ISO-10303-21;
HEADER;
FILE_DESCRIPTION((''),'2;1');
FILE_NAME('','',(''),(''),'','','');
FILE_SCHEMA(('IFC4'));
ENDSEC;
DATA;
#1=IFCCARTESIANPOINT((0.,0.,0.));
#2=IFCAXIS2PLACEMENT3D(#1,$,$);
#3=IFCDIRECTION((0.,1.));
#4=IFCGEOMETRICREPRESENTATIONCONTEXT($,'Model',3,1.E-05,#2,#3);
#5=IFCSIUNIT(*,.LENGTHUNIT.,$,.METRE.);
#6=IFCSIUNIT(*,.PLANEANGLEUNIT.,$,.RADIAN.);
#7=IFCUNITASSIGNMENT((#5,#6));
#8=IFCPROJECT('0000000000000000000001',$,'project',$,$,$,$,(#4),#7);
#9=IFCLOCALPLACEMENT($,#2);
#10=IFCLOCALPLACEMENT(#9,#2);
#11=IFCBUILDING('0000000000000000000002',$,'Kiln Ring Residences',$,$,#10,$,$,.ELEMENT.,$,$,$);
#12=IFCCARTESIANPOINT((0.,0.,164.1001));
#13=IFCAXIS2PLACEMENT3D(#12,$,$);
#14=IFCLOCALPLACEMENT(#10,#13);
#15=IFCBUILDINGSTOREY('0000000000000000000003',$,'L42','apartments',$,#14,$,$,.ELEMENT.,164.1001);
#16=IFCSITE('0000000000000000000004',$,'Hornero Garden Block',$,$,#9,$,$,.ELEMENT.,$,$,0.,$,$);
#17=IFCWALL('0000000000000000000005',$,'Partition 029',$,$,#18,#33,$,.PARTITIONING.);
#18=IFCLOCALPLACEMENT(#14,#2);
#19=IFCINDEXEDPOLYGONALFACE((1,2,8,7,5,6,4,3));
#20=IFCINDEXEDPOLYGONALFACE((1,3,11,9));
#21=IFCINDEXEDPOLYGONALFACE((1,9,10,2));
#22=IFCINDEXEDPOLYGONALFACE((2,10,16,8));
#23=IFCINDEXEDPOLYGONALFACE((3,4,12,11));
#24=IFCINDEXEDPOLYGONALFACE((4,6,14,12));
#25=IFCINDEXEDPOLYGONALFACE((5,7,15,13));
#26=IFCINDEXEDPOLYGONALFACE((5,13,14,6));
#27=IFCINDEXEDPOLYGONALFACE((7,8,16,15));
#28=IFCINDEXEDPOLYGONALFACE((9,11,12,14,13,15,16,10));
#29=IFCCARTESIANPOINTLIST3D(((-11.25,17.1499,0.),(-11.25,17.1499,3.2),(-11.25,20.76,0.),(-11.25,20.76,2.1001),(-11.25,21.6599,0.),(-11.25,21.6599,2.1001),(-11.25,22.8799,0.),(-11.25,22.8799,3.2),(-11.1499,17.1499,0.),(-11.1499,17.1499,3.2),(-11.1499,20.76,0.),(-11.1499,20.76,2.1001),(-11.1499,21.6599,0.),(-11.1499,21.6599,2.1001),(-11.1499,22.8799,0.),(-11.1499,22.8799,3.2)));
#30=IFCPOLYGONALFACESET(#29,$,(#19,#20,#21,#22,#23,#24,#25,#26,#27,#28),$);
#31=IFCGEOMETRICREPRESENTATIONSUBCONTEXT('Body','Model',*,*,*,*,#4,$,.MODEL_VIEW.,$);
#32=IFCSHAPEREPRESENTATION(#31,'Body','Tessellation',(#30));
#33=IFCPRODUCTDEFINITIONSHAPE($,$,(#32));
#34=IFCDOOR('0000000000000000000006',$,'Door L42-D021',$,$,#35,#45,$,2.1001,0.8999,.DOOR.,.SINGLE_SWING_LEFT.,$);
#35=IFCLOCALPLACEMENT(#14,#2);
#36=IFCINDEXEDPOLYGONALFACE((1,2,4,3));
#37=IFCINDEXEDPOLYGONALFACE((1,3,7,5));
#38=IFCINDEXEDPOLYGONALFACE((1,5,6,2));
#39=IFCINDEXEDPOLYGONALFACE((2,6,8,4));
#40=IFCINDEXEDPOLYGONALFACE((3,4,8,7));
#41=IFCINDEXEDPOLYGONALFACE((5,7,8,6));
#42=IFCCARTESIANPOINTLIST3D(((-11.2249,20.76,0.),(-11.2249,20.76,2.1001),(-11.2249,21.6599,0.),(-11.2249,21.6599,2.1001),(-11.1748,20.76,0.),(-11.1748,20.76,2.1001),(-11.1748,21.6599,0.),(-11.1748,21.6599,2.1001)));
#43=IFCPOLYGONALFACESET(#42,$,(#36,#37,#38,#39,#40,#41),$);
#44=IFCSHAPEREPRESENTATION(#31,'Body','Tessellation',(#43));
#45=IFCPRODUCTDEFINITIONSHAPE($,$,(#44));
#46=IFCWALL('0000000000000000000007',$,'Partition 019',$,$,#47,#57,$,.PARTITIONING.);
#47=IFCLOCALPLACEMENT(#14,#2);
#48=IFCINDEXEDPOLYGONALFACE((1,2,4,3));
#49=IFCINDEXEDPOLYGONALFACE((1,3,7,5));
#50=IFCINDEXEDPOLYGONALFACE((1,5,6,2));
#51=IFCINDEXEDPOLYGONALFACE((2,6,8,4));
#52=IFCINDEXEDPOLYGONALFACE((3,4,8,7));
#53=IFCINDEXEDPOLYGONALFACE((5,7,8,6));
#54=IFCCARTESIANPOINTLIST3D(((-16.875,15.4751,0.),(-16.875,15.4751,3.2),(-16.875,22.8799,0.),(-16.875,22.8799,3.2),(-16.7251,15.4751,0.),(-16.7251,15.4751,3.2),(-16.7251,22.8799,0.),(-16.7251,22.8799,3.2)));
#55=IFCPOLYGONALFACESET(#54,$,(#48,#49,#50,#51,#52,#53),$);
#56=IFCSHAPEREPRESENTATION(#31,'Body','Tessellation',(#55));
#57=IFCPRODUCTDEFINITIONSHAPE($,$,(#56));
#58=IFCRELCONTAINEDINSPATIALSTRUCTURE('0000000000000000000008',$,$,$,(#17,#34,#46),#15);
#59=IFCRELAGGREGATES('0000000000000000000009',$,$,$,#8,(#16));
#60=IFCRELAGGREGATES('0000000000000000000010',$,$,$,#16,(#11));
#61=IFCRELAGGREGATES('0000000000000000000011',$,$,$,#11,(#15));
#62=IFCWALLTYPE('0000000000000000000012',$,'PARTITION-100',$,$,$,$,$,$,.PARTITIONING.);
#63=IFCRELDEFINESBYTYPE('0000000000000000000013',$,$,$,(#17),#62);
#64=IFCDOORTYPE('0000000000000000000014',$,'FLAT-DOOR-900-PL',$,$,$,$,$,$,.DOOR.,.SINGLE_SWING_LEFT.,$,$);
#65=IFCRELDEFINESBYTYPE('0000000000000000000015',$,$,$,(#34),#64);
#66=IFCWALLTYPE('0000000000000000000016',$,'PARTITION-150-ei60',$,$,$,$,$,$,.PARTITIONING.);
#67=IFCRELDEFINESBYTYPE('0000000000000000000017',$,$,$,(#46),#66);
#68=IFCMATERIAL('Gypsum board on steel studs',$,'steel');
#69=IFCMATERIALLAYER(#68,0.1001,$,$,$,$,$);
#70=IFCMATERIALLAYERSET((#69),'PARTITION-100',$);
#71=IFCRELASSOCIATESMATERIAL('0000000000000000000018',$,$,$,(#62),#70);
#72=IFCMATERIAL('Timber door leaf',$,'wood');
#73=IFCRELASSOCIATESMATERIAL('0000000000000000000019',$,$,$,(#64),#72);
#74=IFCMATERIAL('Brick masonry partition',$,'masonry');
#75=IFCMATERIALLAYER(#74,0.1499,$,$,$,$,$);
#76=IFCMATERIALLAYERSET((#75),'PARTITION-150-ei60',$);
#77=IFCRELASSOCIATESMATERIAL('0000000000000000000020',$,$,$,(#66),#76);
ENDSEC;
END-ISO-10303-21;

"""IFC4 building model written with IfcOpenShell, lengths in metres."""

from ifc_helpers import new_model, si_unit, direction, frame, frame_2d, origin, place, context, subcontext, project, spatial, rectangle, extrude, material, layer, layer_set, type_object, element, fill, save


model = new_model("IFC4")

# Units and contexts
model_context = context("Model", 3, precision=1e-05, world=origin(), true_north=direction((0.0, 1.0)))
body_context = subcontext(model_context, "Body", "Model", "MODEL_VIEW")
ifc_project = project(units=[si_unit("LENGTHUNIT", "METRE"), si_unit("PLANEANGLEUNIT", "RADIAN")], contexts=[model_context])

# Site, building, storey
site_placement = place(None, origin())
site = spatial("IfcSite", under=ifc_project, at=site_placement, Name="Hornero Garden Block", CompositionType="ELEMENT", RefElevation=0.0)
building_placement = place(site_placement, origin())
building = spatial("IfcBuilding", under=site, at=building_placement, Name="Kiln Ring Residences", CompositionType="ELEMENT")
storey_placement = place(building_placement, frame((0.0, 0.0, 164.1001)))
storey = spatial("IfcBuildingStorey", under=building, at=storey_placement, Name="L42", Description="apartments", CompositionType="ELEMENT", Elevation=164.1001)

# Shared definitions
ifc_material_1 = material(Name="Gypsum board on steel studs", Category="steel")
ifc_layer_1 = layer(ifc_material_1, 0.1001)
ifc_layer_set_1 = layer_set([ifc_layer_1], Name="PARTITION-100")
wall_type_1 = type_object("IfcWallType", Name="PARTITION-100", PredefinedType="PARTITIONING", material=ifc_layer_set_1)
ifc_material_2 = material(Name="Timber door leaf", Category="wood")
door_type_1 = type_object("IfcDoorType", Name="FLAT-DOOR-900-PL", OperationType="SINGLE_SWING_LEFT", PredefinedType="DOOR", material=ifc_material_2)

# Wall, opening, door
wall_1_placement = place(storey_placement, frame((-11.2, 17.1499, 0.0), z_axis=(0.0, 0.0, 1.0), x_axis=(0.0, 1.0, 0.0)))
wall_1 = element("IfcWall", 1, at=wall_1_placement, inside=storey, type_object=wall_type_1, Name="Partition 029", PredefinedType="PARTITIONING", context=body_context, shape_type="SweptSolid", body=[
    extrude(rectangle(XDim=5.73, YDim=0.1001, at=frame_2d((2.865, 0.0))), origin(), (0.0, 0.0, 1.0), 3.2),
])
opening_1_placement = place(wall_1_placement, frame((3.6101, 0.0, 0.0)))
opening_1 = element("IfcOpeningElement", 2, at=opening_1_placement, cuts=wall_1, PredefinedType="OPENING", context=body_context, shape_type="SweptSolid", body=[
    extrude(rectangle(XDim=0.8999, YDim=2.1001, at=frame_2d((0.45, 1.05))), frame((0.0, 0.0601, 0.0), z_axis=(0.0, -1.0, 0.0), x_axis=(1.0, 0.0, 0.0)), (0.0, 0.0, 1.0), 0.1201),
])
door_1_placement = place(opening_1_placement, origin())
door_1 = element("IfcDoor", 3, at=door_1_placement, inside=storey, type_object=door_type_1, Name="Door L42-D021", OperationType="SINGLE_SWING_LEFT", OverallHeight=2.1001, OverallWidth=0.8999, PredefinedType="DOOR", context=body_context, shape_type="SweptSolid", body=[
    extrude(rectangle(XDim=0.8999, YDim=2.1001, at=frame_2d((0.45, 1.05))), frame((0.0, 0.0249, 0.0), z_axis=(0.0, -1.0, 0.0), x_axis=(1.0, 0.0, 0.0)), (0.0, 0.0, 1.0), 0.05),
])
fill(opening_1, door_1)

# Wall
ifc_material_3 = material(Name="Brick masonry partition", Category="masonry")
ifc_layer_2 = layer(ifc_material_3, 0.1499)
ifc_layer_set_2 = layer_set([ifc_layer_2], Name="PARTITION-150-ei60")
wall_type_2 = type_object("IfcWallType", Name="PARTITION-150-ei60", PredefinedType="PARTITIONING", material=ifc_layer_set_2)
wall_2_placement = place(storey_placement, frame((-16.8, 15.4751, 0.0), z_axis=(0.0, 0.0, 1.0), x_axis=(0.0, 1.0, 0.0)))
element("IfcWall", 4, at=wall_2_placement, inside=storey, type_object=wall_type_2, Name="Partition 019", PredefinedType="PARTITIONING", context=body_context, shape_type="SweptSolid", body=[
    extrude(rectangle(XDim=7.4048, YDim=0.1499, at=frame_2d((3.7024, 0.0))), origin(), (0.0, 0.0, 1.0), 3.2),
])

save(model, "model.ifc")
